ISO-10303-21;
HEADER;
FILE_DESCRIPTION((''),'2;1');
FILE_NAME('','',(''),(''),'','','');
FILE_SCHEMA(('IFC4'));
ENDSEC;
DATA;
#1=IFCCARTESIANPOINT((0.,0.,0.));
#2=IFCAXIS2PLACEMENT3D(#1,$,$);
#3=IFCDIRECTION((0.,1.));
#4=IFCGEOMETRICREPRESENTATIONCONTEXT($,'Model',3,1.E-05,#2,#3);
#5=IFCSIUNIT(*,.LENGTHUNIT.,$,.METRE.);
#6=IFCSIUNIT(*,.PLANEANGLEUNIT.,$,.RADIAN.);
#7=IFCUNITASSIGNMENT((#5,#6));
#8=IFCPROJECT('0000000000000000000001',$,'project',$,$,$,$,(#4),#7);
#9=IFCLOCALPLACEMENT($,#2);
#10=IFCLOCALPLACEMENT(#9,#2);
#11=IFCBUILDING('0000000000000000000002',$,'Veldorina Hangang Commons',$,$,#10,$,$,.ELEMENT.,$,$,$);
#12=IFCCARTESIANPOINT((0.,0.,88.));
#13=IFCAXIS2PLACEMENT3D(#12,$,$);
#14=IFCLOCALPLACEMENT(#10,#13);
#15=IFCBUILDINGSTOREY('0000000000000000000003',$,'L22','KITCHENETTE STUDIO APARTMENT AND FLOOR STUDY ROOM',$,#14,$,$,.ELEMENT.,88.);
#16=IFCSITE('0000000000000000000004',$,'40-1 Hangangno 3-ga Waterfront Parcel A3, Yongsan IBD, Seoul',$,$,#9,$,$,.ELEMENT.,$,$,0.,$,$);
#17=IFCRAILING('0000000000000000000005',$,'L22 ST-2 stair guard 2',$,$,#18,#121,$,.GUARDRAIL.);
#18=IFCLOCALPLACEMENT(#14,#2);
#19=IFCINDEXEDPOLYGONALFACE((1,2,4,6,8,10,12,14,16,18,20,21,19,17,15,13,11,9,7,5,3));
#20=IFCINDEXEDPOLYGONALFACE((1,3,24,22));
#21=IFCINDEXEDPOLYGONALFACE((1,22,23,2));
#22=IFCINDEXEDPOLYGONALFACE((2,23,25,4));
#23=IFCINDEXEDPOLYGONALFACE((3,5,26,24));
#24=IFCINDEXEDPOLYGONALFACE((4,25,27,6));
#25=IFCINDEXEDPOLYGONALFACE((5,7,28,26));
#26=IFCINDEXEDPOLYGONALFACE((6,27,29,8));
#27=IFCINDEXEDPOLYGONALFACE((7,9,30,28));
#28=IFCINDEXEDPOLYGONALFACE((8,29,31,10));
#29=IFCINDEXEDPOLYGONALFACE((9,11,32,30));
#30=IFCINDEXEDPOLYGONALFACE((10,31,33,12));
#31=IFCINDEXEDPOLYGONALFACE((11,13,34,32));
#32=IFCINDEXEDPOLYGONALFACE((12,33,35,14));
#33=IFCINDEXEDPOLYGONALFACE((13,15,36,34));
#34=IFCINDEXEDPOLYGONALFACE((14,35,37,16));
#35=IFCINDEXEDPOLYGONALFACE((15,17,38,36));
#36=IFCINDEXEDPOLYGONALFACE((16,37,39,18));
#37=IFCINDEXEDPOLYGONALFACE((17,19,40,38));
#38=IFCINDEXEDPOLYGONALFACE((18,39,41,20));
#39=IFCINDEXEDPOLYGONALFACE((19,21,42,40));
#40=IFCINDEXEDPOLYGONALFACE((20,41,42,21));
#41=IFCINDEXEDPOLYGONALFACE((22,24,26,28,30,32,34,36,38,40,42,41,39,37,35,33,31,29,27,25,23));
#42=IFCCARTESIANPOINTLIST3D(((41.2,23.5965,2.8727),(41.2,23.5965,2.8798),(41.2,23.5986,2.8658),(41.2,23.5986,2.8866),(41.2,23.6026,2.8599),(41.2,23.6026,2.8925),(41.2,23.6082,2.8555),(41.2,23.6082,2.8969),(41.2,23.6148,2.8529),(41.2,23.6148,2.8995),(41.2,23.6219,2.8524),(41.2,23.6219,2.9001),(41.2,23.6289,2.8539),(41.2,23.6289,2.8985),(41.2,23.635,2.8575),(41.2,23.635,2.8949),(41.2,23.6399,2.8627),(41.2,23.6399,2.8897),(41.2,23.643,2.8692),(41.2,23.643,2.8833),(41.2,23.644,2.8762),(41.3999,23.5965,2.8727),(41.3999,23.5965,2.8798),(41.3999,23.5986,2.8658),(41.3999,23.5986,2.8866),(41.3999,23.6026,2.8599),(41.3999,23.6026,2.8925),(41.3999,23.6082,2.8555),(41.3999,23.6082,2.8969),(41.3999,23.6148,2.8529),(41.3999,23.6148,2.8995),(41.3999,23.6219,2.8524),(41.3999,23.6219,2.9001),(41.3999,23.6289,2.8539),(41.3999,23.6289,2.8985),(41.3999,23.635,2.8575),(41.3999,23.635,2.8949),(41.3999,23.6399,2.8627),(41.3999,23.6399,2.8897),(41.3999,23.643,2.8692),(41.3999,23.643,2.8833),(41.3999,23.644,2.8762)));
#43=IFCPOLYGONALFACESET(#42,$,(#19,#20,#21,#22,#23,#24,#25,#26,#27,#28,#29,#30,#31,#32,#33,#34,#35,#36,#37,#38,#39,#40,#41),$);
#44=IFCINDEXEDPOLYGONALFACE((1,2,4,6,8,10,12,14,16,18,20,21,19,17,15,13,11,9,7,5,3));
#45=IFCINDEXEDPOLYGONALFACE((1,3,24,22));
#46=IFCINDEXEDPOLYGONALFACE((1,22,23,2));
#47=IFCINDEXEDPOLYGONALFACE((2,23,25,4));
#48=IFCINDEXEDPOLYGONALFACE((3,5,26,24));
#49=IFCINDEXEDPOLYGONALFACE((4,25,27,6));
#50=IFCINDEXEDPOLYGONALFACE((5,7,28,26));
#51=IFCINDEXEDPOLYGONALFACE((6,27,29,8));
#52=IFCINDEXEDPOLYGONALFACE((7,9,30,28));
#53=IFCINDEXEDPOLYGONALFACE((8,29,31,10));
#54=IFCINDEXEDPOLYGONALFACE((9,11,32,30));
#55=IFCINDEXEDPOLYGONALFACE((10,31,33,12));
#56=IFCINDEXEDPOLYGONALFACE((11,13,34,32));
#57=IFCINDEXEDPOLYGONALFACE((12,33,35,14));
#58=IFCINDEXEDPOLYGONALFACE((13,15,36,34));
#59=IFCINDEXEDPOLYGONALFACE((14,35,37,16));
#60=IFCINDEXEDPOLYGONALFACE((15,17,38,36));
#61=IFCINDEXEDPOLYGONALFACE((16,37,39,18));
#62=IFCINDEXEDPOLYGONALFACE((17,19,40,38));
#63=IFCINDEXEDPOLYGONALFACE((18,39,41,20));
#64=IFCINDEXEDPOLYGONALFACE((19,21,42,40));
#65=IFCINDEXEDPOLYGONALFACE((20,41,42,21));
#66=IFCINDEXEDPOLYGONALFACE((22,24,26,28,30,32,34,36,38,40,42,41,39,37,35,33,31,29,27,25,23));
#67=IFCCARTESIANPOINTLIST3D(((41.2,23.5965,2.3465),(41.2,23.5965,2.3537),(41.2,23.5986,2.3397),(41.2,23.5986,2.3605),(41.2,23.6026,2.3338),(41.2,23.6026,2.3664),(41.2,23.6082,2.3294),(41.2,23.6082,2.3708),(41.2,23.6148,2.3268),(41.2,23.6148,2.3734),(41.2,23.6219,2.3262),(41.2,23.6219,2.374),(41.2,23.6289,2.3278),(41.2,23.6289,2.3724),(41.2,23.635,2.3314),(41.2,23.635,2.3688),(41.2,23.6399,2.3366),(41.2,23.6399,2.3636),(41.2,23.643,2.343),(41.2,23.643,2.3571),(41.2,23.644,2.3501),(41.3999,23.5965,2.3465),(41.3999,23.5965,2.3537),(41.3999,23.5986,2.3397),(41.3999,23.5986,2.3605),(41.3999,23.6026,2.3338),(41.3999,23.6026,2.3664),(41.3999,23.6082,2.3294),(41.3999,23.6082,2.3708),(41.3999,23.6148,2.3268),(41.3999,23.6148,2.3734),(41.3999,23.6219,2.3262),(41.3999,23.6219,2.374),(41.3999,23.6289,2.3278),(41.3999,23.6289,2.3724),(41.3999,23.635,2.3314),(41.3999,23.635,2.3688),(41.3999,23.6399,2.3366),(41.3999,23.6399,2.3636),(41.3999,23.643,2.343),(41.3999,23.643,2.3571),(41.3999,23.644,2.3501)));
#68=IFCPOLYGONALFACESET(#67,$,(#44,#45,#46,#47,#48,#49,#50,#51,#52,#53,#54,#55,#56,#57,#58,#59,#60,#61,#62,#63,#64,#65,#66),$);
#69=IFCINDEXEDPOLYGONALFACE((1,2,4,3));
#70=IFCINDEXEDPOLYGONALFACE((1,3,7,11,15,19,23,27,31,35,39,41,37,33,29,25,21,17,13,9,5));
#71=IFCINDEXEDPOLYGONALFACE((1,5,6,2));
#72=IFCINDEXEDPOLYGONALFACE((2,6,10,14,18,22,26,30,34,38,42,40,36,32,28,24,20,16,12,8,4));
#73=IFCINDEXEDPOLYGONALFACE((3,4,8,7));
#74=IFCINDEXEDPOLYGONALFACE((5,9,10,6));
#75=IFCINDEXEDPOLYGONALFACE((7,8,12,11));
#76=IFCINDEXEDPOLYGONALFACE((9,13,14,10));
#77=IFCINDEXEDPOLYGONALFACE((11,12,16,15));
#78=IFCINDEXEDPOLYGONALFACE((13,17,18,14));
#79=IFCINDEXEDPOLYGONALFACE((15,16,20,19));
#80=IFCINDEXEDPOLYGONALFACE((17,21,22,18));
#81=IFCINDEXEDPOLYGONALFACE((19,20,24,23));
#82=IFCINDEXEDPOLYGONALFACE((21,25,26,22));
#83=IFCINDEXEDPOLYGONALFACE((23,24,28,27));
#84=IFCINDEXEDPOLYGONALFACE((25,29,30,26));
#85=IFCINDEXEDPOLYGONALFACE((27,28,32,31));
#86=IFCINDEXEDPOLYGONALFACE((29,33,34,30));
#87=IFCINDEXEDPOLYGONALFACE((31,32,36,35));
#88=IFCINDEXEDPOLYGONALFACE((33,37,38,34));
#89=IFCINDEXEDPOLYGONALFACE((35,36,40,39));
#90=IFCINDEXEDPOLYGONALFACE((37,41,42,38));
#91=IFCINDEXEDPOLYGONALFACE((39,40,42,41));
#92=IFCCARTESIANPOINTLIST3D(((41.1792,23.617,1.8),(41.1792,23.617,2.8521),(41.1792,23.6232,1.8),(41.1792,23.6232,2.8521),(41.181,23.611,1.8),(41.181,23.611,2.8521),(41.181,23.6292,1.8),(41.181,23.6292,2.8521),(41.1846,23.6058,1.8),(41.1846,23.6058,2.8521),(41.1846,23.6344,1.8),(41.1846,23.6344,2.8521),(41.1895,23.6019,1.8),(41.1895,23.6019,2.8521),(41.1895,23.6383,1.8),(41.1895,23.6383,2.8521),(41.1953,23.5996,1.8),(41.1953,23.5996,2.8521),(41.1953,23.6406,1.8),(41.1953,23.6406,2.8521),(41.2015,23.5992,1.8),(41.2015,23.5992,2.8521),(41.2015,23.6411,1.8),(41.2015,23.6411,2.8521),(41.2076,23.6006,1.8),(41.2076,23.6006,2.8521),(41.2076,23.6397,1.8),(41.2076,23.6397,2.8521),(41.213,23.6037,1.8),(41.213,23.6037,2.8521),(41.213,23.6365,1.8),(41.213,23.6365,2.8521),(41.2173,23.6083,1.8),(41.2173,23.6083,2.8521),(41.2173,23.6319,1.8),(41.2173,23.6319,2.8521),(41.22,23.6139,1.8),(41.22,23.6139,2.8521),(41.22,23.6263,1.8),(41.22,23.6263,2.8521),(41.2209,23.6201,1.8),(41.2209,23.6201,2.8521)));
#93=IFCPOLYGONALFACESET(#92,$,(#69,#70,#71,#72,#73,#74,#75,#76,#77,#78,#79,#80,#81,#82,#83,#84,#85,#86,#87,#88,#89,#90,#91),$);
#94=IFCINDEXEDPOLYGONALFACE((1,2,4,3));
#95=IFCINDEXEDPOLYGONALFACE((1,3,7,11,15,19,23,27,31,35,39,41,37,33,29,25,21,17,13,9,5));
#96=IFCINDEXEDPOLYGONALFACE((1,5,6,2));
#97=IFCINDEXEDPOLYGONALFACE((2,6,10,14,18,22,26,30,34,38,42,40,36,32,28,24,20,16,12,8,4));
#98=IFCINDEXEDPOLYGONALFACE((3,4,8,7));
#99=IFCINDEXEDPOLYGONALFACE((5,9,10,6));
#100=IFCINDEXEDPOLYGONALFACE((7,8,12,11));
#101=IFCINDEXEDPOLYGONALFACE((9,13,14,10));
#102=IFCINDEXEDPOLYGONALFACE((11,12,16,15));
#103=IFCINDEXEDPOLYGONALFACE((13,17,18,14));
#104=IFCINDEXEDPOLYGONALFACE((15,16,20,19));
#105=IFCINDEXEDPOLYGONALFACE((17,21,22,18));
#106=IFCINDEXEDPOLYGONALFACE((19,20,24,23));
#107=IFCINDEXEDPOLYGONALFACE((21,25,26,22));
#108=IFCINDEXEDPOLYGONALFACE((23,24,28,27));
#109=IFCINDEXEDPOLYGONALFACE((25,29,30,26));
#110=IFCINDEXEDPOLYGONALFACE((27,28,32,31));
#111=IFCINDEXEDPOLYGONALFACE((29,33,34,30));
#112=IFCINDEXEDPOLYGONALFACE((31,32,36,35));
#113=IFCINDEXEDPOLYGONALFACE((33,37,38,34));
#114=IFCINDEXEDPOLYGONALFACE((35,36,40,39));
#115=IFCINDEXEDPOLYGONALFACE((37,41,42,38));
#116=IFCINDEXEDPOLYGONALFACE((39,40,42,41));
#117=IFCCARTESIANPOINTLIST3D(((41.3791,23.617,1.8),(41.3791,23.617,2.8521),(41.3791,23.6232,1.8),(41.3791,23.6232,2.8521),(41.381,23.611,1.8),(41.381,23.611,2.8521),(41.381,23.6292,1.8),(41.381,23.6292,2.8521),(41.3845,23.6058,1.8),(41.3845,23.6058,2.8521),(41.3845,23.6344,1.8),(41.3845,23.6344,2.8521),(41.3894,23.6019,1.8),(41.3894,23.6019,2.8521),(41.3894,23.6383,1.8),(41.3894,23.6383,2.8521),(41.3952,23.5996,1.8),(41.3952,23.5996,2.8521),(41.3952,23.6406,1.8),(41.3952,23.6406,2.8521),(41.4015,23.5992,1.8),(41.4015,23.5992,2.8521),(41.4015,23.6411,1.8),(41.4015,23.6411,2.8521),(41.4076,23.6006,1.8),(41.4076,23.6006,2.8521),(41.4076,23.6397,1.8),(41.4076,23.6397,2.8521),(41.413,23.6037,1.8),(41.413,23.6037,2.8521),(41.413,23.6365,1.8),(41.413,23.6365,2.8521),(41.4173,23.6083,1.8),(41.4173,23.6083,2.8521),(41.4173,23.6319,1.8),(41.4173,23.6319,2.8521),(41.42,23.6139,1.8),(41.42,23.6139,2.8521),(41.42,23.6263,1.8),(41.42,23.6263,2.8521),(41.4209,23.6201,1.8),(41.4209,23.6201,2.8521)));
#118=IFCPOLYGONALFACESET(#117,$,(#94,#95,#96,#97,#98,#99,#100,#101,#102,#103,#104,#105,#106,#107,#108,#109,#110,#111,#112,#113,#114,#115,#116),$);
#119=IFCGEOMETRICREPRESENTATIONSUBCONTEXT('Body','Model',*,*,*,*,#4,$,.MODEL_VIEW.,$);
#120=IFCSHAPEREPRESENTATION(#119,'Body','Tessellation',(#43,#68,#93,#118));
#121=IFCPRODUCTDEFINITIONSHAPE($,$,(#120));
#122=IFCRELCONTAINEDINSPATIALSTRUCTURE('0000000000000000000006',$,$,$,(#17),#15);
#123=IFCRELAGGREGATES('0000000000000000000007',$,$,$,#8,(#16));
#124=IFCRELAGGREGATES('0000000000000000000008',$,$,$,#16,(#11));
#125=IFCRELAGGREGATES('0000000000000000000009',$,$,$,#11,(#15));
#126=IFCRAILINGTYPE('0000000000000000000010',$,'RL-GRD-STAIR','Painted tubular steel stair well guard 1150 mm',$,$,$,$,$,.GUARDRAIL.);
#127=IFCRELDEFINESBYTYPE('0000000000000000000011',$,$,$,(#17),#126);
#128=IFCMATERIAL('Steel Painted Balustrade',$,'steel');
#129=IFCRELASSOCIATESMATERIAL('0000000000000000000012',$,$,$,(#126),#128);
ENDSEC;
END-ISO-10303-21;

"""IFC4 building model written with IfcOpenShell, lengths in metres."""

from ifc_helpers import new_model, si_unit, direction, frame, origin, origin_2d, place, context, subcontext, project, spatial, circle, extrude, material, type_object, element, save


model = new_model("IFC4")

# Units and contexts
model_context = context("Model", 3, precision=1e-05, world=origin(), true_north=direction((0.0, 1.0)))
body_context = subcontext(model_context, "Body", "Model", "MODEL_VIEW")
ifc_project = project(units=[si_unit("LENGTHUNIT", "METRE"), si_unit("PLANEANGLEUNIT", "RADIAN")], contexts=[model_context])

# Site, building, storey
site_placement = place(None, origin())
site = spatial("IfcSite", under=ifc_project, at=site_placement, Name="40-1 Hangangno 3-ga Waterfront Parcel A3, Yongsan IBD, Seoul", CompositionType="ELEMENT", RefElevation=0.0)
building_placement = place(site_placement, origin())
building = spatial("IfcBuilding", under=site, at=building_placement, Name="Veldorina Hangang Commons", CompositionType="ELEMENT")
storey_placement = place(building_placement, frame((0.0, 0.0, 88.0)))
storey = spatial("IfcBuildingStorey", under=building, at=storey_placement, Name="L22", Description="KITCHENETTE STUDIO APARTMENT AND FLOOR STUDY ROOM", CompositionType="ELEMENT", Elevation=88.0)

# Railing
ifc_material_1 = material(Name="Steel Painted Balustrade", Category="steel")
railing_type_1 = type_object("IfcRailingType", Name="RL-GRD-STAIR", Description="Painted tubular steel stair well guard 1150 mm", PredefinedType="GUARDRAIL", material=ifc_material_1)
railing_1_placement = place(storey_placement, frame((41.2, 23.6201, 1.8)))
element("IfcRailing", 1, at=railing_1_placement, inside=storey, type_object=railing_type_1, Name="L22 ST-2 stair guard 2", PredefinedType="GUARDRAIL", context=body_context, shape_type="SweptSolid", body=[
    extrude(circle(Radius=0.0239, at=origin_2d()), frame((0.0, 0.0, 1.0762), z_axis=(1.0, 0.0, 0.0), x_axis=(0.0, 1.0, 0.0)), (0.0, 0.0, 1.0), 0.2),
    extrude(circle(Radius=0.0239, at=origin_2d()), frame((0.0, 0.0, 0.55), z_axis=(1.0, 0.0, 0.0), x_axis=(0.0, 1.0, 0.0)), (0.0, 0.0, 1.0), 0.2),
    extrude(circle(Radius=0.021, at=origin_2d()), origin(), (0.0, 0.0, 1.0), 1.052),
    extrude(circle(Radius=0.021, at=origin_2d()), frame((0.2, 0.0, 0.0)), (0.0, 0.0, 1.0), 1.052),
])

save(model, "model.ifc")
